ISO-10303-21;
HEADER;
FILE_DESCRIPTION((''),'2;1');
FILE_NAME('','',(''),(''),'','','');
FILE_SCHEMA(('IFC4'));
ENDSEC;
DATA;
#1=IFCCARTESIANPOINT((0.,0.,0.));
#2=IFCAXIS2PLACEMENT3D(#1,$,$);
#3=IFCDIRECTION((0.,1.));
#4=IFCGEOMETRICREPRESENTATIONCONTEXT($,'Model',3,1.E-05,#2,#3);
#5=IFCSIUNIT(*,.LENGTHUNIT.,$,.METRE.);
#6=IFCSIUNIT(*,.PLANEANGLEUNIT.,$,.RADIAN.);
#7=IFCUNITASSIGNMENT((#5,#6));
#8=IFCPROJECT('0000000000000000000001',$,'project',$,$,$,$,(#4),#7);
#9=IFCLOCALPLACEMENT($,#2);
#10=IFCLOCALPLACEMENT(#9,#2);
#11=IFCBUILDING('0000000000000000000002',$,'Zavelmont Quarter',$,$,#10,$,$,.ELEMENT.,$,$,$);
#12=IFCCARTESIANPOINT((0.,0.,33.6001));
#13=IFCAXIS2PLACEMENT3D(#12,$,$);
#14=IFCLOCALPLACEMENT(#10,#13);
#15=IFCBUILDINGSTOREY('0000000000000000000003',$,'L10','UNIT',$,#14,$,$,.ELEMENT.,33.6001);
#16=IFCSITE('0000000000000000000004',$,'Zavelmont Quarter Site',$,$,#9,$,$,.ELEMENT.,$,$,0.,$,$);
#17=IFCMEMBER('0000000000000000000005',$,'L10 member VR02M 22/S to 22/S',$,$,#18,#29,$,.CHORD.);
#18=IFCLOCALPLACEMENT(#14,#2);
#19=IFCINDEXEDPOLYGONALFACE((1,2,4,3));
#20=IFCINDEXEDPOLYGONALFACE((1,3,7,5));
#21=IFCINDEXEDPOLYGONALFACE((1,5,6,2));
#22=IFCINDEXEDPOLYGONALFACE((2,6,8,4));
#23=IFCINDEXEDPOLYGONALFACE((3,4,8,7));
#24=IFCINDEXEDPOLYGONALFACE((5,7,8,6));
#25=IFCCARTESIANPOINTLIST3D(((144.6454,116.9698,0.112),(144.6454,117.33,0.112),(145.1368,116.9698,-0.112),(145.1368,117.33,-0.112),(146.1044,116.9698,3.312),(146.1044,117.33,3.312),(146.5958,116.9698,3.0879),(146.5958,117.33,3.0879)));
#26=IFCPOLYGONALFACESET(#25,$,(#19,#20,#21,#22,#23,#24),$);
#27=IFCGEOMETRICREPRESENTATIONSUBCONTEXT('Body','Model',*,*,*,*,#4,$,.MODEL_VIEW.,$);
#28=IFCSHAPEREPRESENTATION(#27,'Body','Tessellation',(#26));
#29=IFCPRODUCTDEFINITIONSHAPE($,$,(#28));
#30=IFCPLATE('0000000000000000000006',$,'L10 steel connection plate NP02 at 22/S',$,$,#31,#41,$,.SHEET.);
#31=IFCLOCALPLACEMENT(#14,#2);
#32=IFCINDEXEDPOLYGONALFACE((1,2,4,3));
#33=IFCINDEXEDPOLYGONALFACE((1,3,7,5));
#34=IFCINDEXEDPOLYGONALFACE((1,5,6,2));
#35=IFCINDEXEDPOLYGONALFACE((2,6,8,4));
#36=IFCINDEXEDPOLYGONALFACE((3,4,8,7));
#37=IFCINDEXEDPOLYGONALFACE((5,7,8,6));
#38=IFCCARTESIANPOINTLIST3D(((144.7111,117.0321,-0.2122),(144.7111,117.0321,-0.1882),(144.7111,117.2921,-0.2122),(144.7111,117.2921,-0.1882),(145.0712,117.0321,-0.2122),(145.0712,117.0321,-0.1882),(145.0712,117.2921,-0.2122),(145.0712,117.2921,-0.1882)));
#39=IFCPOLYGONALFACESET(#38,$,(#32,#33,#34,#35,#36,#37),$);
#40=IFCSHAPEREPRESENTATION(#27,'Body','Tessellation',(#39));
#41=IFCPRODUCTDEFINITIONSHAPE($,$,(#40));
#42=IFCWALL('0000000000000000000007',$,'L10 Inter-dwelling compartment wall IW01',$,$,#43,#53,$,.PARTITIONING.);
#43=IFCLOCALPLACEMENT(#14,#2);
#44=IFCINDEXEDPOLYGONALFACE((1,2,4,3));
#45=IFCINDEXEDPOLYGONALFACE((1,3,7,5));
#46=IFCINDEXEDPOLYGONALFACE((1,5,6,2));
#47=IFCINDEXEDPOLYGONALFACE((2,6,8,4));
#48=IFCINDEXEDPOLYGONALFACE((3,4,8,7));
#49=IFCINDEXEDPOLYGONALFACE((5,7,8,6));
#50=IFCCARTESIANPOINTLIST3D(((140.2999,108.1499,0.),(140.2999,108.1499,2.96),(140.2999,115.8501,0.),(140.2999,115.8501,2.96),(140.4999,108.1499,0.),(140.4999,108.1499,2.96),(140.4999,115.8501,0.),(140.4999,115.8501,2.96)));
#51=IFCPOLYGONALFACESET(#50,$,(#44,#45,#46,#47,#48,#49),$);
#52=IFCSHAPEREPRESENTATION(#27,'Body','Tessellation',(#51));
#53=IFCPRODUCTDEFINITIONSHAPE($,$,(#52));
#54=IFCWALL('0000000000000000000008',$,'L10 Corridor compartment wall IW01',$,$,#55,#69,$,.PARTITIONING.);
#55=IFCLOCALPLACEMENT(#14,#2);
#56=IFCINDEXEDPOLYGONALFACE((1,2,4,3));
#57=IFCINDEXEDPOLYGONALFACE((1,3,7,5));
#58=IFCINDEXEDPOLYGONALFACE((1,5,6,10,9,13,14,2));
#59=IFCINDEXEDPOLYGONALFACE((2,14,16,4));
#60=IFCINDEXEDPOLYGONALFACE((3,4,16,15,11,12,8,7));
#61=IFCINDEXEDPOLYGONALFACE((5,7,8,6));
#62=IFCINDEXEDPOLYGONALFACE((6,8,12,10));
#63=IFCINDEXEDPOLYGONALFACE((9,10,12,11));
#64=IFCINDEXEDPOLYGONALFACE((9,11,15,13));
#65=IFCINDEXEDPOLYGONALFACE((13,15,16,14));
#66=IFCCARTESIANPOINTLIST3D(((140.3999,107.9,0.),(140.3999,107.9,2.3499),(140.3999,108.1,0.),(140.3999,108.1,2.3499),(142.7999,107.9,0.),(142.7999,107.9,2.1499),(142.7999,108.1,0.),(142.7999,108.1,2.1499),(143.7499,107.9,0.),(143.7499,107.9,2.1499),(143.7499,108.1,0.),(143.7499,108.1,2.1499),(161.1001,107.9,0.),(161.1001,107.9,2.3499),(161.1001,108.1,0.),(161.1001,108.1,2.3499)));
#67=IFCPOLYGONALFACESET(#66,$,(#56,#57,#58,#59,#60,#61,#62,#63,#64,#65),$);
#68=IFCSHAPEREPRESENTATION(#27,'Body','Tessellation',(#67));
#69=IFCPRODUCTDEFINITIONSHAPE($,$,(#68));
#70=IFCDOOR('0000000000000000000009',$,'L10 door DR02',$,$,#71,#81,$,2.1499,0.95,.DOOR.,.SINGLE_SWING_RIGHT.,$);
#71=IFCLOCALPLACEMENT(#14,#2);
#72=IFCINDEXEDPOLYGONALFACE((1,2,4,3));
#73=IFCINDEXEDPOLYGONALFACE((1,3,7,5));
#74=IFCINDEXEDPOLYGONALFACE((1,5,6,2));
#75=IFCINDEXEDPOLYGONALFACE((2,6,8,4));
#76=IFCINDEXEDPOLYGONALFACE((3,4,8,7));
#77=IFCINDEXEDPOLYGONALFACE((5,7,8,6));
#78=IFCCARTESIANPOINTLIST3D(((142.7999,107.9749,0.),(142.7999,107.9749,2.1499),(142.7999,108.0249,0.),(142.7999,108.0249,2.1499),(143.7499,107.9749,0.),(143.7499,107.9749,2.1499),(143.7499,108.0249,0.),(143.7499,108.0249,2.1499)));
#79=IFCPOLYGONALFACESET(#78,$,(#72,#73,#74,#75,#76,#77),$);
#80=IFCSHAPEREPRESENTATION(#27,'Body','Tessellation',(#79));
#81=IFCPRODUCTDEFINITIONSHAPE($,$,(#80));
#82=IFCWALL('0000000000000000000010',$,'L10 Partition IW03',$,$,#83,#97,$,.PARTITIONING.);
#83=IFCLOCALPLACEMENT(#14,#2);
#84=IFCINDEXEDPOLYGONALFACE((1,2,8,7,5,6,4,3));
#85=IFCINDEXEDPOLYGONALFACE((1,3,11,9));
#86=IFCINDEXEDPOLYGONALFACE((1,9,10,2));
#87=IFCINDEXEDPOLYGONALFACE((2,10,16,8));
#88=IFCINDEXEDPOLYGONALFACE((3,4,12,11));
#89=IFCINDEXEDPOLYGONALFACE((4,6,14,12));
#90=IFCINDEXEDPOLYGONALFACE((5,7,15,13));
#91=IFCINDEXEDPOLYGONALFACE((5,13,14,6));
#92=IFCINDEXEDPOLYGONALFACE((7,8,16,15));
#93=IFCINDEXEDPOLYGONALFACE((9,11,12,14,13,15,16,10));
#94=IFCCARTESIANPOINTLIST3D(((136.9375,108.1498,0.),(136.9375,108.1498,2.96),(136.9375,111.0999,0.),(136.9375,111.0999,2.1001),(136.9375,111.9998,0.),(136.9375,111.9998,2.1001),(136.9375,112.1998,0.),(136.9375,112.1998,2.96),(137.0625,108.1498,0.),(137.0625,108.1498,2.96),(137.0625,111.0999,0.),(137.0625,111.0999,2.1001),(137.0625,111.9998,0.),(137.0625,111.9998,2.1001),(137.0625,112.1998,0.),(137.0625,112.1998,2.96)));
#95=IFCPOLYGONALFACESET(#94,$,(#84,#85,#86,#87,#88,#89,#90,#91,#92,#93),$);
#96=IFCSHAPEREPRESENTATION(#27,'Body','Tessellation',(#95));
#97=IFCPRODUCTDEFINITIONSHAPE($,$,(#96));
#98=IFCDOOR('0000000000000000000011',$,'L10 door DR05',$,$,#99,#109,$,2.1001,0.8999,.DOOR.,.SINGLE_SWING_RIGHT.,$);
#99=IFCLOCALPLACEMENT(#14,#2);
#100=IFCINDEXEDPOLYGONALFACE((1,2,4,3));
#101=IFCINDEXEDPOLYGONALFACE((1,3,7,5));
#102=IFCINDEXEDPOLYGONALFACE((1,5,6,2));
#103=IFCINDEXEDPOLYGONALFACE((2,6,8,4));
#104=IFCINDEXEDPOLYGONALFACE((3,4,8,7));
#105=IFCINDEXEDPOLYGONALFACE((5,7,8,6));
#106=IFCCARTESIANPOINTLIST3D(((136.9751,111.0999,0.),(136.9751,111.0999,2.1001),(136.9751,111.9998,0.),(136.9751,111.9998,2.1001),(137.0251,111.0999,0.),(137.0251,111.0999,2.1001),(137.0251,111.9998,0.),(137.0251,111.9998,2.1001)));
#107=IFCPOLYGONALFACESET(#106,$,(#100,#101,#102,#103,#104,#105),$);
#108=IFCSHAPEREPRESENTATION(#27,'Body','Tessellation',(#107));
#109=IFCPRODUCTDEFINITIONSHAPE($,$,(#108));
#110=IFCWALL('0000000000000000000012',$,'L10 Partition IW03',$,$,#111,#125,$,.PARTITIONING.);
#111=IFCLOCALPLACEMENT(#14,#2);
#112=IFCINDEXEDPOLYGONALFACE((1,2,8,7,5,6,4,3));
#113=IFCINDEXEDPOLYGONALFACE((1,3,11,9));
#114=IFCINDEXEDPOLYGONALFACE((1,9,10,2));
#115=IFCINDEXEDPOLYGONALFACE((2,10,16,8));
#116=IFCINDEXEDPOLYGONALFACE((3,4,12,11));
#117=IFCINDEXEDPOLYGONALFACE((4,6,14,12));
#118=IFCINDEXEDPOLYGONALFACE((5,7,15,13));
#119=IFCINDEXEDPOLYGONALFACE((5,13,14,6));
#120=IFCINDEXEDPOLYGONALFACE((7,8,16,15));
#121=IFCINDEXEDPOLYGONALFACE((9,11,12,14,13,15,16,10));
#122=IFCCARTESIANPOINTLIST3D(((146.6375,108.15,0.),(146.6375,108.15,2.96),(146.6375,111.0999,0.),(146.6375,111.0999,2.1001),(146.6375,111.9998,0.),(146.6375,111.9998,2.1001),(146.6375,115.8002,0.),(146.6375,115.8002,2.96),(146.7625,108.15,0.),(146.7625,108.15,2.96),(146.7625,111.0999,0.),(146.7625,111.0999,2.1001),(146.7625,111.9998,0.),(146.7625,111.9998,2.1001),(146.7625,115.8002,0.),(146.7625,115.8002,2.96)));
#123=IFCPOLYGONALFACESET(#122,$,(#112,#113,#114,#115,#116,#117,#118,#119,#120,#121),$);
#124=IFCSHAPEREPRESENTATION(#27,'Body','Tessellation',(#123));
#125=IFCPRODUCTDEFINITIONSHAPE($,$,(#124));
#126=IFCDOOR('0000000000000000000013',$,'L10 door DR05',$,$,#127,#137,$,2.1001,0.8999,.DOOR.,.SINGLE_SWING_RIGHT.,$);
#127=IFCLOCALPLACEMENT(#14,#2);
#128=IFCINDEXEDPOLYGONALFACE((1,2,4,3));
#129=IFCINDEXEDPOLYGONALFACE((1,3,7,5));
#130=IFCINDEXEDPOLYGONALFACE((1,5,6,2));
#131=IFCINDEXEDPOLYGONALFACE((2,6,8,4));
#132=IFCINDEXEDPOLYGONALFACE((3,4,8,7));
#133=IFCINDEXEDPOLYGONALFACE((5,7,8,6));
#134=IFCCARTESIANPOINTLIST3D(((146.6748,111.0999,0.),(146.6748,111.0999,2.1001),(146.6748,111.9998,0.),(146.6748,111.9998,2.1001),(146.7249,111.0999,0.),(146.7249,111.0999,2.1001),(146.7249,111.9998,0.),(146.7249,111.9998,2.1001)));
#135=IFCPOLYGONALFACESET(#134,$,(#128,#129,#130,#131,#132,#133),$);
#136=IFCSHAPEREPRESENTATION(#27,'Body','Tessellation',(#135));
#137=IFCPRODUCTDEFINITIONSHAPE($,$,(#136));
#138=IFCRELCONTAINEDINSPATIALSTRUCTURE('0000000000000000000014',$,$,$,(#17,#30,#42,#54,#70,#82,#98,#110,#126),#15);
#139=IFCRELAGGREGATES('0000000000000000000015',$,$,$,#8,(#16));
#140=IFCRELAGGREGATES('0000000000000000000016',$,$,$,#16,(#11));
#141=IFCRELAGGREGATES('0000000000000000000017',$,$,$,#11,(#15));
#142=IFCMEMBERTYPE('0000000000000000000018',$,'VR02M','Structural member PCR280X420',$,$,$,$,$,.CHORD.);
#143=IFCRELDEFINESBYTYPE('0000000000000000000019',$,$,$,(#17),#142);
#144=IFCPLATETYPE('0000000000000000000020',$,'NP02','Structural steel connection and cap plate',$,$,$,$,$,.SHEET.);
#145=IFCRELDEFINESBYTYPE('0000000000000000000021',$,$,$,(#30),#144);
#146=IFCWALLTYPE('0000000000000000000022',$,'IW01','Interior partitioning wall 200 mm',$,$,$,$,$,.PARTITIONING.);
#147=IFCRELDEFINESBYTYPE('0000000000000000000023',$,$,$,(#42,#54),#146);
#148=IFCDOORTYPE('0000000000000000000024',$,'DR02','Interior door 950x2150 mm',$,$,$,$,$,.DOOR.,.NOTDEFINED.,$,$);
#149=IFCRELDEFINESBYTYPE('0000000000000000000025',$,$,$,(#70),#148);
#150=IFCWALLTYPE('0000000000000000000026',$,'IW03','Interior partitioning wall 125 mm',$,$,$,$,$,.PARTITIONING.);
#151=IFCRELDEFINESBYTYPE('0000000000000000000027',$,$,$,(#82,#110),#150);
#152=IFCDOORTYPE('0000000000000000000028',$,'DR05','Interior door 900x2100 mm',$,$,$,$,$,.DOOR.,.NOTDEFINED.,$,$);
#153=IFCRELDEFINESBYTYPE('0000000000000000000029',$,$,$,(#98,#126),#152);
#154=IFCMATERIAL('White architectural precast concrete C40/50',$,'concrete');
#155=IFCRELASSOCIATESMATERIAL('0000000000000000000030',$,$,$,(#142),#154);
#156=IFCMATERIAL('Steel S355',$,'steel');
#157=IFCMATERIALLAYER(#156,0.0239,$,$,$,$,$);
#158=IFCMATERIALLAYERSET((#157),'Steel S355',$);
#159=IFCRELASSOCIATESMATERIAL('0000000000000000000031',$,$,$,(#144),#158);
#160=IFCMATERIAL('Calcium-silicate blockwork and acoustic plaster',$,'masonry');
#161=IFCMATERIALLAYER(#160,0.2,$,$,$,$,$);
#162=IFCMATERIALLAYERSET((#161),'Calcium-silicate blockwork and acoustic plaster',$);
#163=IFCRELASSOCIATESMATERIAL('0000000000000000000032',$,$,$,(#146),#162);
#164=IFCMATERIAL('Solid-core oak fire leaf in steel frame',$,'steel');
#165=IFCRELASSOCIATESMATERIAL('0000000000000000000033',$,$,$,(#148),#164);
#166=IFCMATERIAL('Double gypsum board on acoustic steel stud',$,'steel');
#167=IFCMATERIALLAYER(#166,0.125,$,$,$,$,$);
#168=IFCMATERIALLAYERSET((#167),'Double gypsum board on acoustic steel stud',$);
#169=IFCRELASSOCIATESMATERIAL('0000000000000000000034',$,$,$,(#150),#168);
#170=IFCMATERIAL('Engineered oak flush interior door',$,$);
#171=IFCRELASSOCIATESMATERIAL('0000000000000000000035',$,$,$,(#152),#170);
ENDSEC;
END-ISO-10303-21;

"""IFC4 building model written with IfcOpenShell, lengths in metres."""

from ifc_helpers import new_model, si_unit, direction, frame, frame_2d, origin, origin_with_axes, origin_2d, place, context, subcontext, project, spatial, rectangle, extrude, material, layer, layer_set, material_profile, profile_set, type_object, element, fill, save


model = new_model("IFC4")

# Units and contexts
model_context = context("Model", 3, precision=1e-05, world=origin(), true_north=direction((0.0, 1.0)))
body_context = subcontext(model_context, "Body", "Model", "MODEL_VIEW")
ifc_project = project(units=[si_unit("LENGTHUNIT", "METRE"), si_unit("PLANEANGLEUNIT", "RADIAN")], contexts=[model_context])

# Site, building, storey
site_placement = place(None, origin())
site = spatial("IfcSite", under=ifc_project, at=site_placement, Name="Zavelmont Quarter Site", CompositionType="ELEMENT", RefElevation=0.0)
building_placement = place(site_placement, origin())
building = spatial("IfcBuilding", under=site, at=building_placement, Name="Zavelmont Quarter", CompositionType="ELEMENT")
storey_placement = place(building_placement, frame((0.0, 0.0, 33.6001)))
storey = spatial("IfcBuildingStorey", under=building, at=storey_placement, Name="L10", Description="UNIT", CompositionType="ELEMENT", Elevation=33.6001)

# Shared definitions
ifc_material_1 = material(Name="Steel S355", Category="steel")

# Member
ifc_material_2 = material(Name="White architectural precast concrete C40/50", Category="concrete")
ifc_material_profile_1 = material_profile(ifc_material_2, rectangle(XDim=0.3601, YDim=0.54, at=origin_2d()), Name="PCR280X420")
ifc_profile_set_1 = profile_set([ifc_material_profile_1], Name="White architectural precast concrete C40/50")
member_type = type_object("IfcMemberType", Name="VR02M", Description="Structural member PCR280X420", PredefinedType="CHORD", material=ifc_profile_set_1)
member_placement = place(storey_placement, frame((144.8911, 117.1499, 0.0), z_axis=(0.414854, 0.0, 0.909888), x_axis=(0.0, 1.0, 0.0)))
element("IfcMember", 1, at=member_placement, inside=storey, type_object=member_type, Name="L10 member VR02M 22/S to 22/S", PredefinedType="CHORD", context=body_context, shape_type="SweptSolid", body=[
    extrude(rectangle(XDim=0.3601, YDim=0.54, at=origin_2d()), origin(), (0.0, 0.0, 1.0), 3.5168),
])

# Plate
ifc_layer_1 = layer(ifc_material_1, 0.0239)
ifc_layer_set_1 = layer_set([ifc_layer_1], Name="Steel S355")
plate_type = type_object("IfcPlateType", Name="NP02", Description="Structural steel connection and cap plate", PredefinedType="SHEET", material=ifc_layer_set_1)
plate_placement = place(storey_placement, frame((144.8911, 117.1621, -0.2122), z_axis=(0.0, 0.0, 1.0), x_axis=(1.0, 0.0, 0.0)))
element("IfcPlate", 2, at=plate_placement, inside=storey, type_object=plate_type, Name="L10 steel connection plate NP02 at 22/S", PredefinedType="SHEET", context=body_context, shape_type="SweptSolid", body=[
    extrude(rectangle(XDim=0.3601, YDim=0.26, at=origin_2d()), origin(), (0.0, 0.0, 1.0), 0.0239),
])

# Wall
ifc_material_3 = material(Name="Calcium-silicate blockwork and acoustic plaster", Category="masonry")
ifc_layer_2 = layer(ifc_material_3, 0.2)
ifc_layer_set_2 = layer_set([ifc_layer_2], Name="Calcium-silicate blockwork and acoustic plaster")
wall_type_1 = type_object("IfcWallType", Name="IW01", Description="Interior partitioning wall 200 mm", PredefinedType="PARTITIONING", material=ifc_layer_set_2)
wall_1_placement = place(storey_placement, frame((140.3999, 108.1499, 0.0), z_axis=(0.0, 0.0, 1.0), x_axis=(0.0, 1.0, 0.0)))
element("IfcWall", 3, at=wall_1_placement, inside=storey, type_object=wall_type_1, Name="L10 Inter-dwelling compartment wall IW01", PredefinedType="PARTITIONING", context=body_context, shape_type="SweptSolid", body=[
    extrude(rectangle(XDim=7.7002, YDim=0.2, at=frame_2d((3.8501, 0.0))), origin(), (0.0, 0.0, 1.0), 2.96),
])

# Walls, openings, doors
wall_2_placement = place(storey_placement, frame((140.3999, 108.0, 0.0), z_axis=(0.0, 0.0, 1.0), x_axis=(1.0, 0.0, 0.0)))
wall_2 = element("IfcWall", 4, at=wall_2_placement, inside=storey, type_object=wall_type_1, Name="L10 Corridor compartment wall IW01", PredefinedType="PARTITIONING", context=body_context, shape_type="SweptSolid", body=[
    extrude(rectangle(XDim=20.7002, YDim=0.2, at=frame_2d((10.3501, 0.0))), origin(), (0.0, 0.0, 1.0), 2.3499),
])
opening_1_placement = place(wall_2_placement, frame((2.3999, 0.0, 0.0)))
opening_1 = element("IfcOpeningElement", 5, at=opening_1_placement, cuts=wall_2, PredefinedType="OPENING", context=body_context, shape_type="SweptSolid", body=[
    extrude(rectangle(XDim=0.95, YDim=2.1499, at=frame_2d((0.4751, 1.075))), frame((0.0, 0.1118, 0.0), z_axis=(0.0, -1.0, 0.0), x_axis=(1.0, 0.0, 0.0)), (0.0, 0.0, 1.0), 0.2239),
])
ifc_material_4 = material(Name="Solid-core oak fire leaf in steel frame", Category="steel")
door_type_1 = type_object("IfcDoorType", Name="DR02", Description="Interior door 950x2150 mm", OperationType="NOTDEFINED", PredefinedType="DOOR", material=ifc_material_4)
door_1_placement = place(opening_1_placement, origin_with_axes())
door_1 = element("IfcDoor", 6, at=door_1_placement, inside=storey, type_object=door_type_1, Name="L10 door DR02", OperationType="SINGLE_SWING_RIGHT", OverallHeight=2.1499, OverallWidth=0.95, PredefinedType="DOOR", context=body_context, shape_type="SweptSolid", body=[
    extrude(rectangle(XDim=0.95, YDim=2.1499, at=frame_2d((0.4751, 1.075))), frame((0.0, 0.0249, 0.0), z_axis=(0.0, -1.0, 0.0), x_axis=(1.0, 0.0, 0.0)), (0.0, 0.0, 1.0), 0.05),
])
fill(opening_1, door_1)
ifc_material_5 = material(Name="Double gypsum board on acoustic steel stud", Category="steel")
ifc_layer_3 = layer(ifc_material_5, 0.125)
ifc_layer_set_3 = layer_set([ifc_layer_3], Name="Double gypsum board on acoustic steel stud")
wall_type_2 = type_object("IfcWallType", Name="IW03", Description="Interior partitioning wall 125 mm", PredefinedType="PARTITIONING", material=ifc_layer_set_3)
wall_3_placement = place(storey_placement, frame((137.0, 108.1499, 0.0), z_axis=(0.0, 0.0, 1.0), x_axis=(0.0, 1.0, 0.0)))
wall_3 = element("IfcWall", 7, at=wall_3_placement, inside=storey, type_object=wall_type_2, Name="L10 Partition IW03", PredefinedType="PARTITIONING", context=body_context, shape_type="SweptSolid", body=[
    extrude(rectangle(XDim=4.05, YDim=0.125, at=frame_2d((2.0249, 0.0))), origin(), (0.0, 0.0, 1.0), 2.96),
])
opening_2_placement = place(wall_3_placement, frame((2.95, 0.0, 0.0)))
opening_2 = element("IfcOpeningElement", 8, at=opening_2_placement, cuts=wall_3, PredefinedType="OPENING", context=body_context, shape_type="SweptSolid", body=[
    extrude(rectangle(XDim=0.8999, YDim=2.1001, at=frame_2d((0.45, 1.05))), frame((0.0, 0.0745, 0.0), z_axis=(0.0, -1.0, 0.0), x_axis=(1.0, 0.0, 0.0)), (0.0, 0.0, 1.0), 0.1489),
])
ifc_material_6 = material(Name="Engineered oak flush interior door")
door_type_2 = type_object("IfcDoorType", Name="DR05", Description="Interior door 900x2100 mm", OperationType="NOTDEFINED", PredefinedType="DOOR", material=ifc_material_6)
door_2_placement = place(opening_2_placement, origin_with_axes())
door_2 = element("IfcDoor", 9, at=door_2_placement, inside=storey, type_object=door_type_2, Name="L10 door DR05", OperationType="SINGLE_SWING_RIGHT", OverallHeight=2.1001, OverallWidth=0.8999, PredefinedType="DOOR", context=body_context, shape_type="SweptSolid", body=[
    extrude(rectangle(XDim=0.8999, YDim=2.1001, at=frame_2d((0.45, 1.05))), frame((0.0, 0.0249, 0.0), z_axis=(0.0, -1.0, 0.0), x_axis=(1.0, 0.0, 0.0)), (0.0, 0.0, 1.0), 0.05),
])
fill(opening_2, door_2)
wall_4_placement = place(storey_placement, frame((146.7, 108.1499, 0.0), z_axis=(0.0, 0.0, 1.0), x_axis=(0.0, 1.0, 0.0)))
wall_4 = element("IfcWall", 10, at=wall_4_placement, inside=storey, type_object=wall_type_2, Name="L10 Partition IW03", PredefinedType="PARTITIONING", context=body_context, shape_type="SweptSolid", body=[
    extrude(rectangle(XDim=7.6501, YDim=0.125, at=frame_2d((3.8252, 0.0))), origin(), (0.0, 0.0, 1.0), 2.96),
])
opening_3_placement = place(wall_4_placement, frame((2.95, 0.0, 0.0)))
opening_3 = element("IfcOpeningElement", 11, at=opening_3_placement, cuts=wall_4, PredefinedType="OPENING", context=body_context, shape_type="SweptSolid", body=[
    extrude(rectangle(XDim=0.8999, YDim=2.1001, at=frame_2d((0.45, 1.05))), frame((0.0, 0.0745, 0.0), z_axis=(0.0, -1.0, 0.0), x_axis=(1.0, 0.0, 0.0)), (0.0, 0.0, 1.0), 0.1489),
])
door_3_placement = place(opening_3_placement, frame((0.8999, 0.0, 0.0), z_axis=(0.0, 0.0, 1.0), x_axis=(-1.0, 0.0, 0.0)))
door_3 = element("IfcDoor", 12, at=door_3_placement, inside=storey, type_object=door_type_2, Name="L10 door DR05", OperationType="SINGLE_SWING_RIGHT", OverallHeight=2.1001, OverallWidth=0.8999, PredefinedType="DOOR", context=body_context, shape_type="SweptSolid", body=[
    extrude(rectangle(XDim=0.8999, YDim=2.1001, at=frame_2d((0.45, 1.05))), frame((0.0, 0.0249, 0.0), z_axis=(0.0, -1.0, 0.0), x_axis=(1.0, 0.0, 0.0)), (0.0, 0.0, 1.0), 0.05),
])
fill(opening_3, door_3)

save(model, "model.ifc")
